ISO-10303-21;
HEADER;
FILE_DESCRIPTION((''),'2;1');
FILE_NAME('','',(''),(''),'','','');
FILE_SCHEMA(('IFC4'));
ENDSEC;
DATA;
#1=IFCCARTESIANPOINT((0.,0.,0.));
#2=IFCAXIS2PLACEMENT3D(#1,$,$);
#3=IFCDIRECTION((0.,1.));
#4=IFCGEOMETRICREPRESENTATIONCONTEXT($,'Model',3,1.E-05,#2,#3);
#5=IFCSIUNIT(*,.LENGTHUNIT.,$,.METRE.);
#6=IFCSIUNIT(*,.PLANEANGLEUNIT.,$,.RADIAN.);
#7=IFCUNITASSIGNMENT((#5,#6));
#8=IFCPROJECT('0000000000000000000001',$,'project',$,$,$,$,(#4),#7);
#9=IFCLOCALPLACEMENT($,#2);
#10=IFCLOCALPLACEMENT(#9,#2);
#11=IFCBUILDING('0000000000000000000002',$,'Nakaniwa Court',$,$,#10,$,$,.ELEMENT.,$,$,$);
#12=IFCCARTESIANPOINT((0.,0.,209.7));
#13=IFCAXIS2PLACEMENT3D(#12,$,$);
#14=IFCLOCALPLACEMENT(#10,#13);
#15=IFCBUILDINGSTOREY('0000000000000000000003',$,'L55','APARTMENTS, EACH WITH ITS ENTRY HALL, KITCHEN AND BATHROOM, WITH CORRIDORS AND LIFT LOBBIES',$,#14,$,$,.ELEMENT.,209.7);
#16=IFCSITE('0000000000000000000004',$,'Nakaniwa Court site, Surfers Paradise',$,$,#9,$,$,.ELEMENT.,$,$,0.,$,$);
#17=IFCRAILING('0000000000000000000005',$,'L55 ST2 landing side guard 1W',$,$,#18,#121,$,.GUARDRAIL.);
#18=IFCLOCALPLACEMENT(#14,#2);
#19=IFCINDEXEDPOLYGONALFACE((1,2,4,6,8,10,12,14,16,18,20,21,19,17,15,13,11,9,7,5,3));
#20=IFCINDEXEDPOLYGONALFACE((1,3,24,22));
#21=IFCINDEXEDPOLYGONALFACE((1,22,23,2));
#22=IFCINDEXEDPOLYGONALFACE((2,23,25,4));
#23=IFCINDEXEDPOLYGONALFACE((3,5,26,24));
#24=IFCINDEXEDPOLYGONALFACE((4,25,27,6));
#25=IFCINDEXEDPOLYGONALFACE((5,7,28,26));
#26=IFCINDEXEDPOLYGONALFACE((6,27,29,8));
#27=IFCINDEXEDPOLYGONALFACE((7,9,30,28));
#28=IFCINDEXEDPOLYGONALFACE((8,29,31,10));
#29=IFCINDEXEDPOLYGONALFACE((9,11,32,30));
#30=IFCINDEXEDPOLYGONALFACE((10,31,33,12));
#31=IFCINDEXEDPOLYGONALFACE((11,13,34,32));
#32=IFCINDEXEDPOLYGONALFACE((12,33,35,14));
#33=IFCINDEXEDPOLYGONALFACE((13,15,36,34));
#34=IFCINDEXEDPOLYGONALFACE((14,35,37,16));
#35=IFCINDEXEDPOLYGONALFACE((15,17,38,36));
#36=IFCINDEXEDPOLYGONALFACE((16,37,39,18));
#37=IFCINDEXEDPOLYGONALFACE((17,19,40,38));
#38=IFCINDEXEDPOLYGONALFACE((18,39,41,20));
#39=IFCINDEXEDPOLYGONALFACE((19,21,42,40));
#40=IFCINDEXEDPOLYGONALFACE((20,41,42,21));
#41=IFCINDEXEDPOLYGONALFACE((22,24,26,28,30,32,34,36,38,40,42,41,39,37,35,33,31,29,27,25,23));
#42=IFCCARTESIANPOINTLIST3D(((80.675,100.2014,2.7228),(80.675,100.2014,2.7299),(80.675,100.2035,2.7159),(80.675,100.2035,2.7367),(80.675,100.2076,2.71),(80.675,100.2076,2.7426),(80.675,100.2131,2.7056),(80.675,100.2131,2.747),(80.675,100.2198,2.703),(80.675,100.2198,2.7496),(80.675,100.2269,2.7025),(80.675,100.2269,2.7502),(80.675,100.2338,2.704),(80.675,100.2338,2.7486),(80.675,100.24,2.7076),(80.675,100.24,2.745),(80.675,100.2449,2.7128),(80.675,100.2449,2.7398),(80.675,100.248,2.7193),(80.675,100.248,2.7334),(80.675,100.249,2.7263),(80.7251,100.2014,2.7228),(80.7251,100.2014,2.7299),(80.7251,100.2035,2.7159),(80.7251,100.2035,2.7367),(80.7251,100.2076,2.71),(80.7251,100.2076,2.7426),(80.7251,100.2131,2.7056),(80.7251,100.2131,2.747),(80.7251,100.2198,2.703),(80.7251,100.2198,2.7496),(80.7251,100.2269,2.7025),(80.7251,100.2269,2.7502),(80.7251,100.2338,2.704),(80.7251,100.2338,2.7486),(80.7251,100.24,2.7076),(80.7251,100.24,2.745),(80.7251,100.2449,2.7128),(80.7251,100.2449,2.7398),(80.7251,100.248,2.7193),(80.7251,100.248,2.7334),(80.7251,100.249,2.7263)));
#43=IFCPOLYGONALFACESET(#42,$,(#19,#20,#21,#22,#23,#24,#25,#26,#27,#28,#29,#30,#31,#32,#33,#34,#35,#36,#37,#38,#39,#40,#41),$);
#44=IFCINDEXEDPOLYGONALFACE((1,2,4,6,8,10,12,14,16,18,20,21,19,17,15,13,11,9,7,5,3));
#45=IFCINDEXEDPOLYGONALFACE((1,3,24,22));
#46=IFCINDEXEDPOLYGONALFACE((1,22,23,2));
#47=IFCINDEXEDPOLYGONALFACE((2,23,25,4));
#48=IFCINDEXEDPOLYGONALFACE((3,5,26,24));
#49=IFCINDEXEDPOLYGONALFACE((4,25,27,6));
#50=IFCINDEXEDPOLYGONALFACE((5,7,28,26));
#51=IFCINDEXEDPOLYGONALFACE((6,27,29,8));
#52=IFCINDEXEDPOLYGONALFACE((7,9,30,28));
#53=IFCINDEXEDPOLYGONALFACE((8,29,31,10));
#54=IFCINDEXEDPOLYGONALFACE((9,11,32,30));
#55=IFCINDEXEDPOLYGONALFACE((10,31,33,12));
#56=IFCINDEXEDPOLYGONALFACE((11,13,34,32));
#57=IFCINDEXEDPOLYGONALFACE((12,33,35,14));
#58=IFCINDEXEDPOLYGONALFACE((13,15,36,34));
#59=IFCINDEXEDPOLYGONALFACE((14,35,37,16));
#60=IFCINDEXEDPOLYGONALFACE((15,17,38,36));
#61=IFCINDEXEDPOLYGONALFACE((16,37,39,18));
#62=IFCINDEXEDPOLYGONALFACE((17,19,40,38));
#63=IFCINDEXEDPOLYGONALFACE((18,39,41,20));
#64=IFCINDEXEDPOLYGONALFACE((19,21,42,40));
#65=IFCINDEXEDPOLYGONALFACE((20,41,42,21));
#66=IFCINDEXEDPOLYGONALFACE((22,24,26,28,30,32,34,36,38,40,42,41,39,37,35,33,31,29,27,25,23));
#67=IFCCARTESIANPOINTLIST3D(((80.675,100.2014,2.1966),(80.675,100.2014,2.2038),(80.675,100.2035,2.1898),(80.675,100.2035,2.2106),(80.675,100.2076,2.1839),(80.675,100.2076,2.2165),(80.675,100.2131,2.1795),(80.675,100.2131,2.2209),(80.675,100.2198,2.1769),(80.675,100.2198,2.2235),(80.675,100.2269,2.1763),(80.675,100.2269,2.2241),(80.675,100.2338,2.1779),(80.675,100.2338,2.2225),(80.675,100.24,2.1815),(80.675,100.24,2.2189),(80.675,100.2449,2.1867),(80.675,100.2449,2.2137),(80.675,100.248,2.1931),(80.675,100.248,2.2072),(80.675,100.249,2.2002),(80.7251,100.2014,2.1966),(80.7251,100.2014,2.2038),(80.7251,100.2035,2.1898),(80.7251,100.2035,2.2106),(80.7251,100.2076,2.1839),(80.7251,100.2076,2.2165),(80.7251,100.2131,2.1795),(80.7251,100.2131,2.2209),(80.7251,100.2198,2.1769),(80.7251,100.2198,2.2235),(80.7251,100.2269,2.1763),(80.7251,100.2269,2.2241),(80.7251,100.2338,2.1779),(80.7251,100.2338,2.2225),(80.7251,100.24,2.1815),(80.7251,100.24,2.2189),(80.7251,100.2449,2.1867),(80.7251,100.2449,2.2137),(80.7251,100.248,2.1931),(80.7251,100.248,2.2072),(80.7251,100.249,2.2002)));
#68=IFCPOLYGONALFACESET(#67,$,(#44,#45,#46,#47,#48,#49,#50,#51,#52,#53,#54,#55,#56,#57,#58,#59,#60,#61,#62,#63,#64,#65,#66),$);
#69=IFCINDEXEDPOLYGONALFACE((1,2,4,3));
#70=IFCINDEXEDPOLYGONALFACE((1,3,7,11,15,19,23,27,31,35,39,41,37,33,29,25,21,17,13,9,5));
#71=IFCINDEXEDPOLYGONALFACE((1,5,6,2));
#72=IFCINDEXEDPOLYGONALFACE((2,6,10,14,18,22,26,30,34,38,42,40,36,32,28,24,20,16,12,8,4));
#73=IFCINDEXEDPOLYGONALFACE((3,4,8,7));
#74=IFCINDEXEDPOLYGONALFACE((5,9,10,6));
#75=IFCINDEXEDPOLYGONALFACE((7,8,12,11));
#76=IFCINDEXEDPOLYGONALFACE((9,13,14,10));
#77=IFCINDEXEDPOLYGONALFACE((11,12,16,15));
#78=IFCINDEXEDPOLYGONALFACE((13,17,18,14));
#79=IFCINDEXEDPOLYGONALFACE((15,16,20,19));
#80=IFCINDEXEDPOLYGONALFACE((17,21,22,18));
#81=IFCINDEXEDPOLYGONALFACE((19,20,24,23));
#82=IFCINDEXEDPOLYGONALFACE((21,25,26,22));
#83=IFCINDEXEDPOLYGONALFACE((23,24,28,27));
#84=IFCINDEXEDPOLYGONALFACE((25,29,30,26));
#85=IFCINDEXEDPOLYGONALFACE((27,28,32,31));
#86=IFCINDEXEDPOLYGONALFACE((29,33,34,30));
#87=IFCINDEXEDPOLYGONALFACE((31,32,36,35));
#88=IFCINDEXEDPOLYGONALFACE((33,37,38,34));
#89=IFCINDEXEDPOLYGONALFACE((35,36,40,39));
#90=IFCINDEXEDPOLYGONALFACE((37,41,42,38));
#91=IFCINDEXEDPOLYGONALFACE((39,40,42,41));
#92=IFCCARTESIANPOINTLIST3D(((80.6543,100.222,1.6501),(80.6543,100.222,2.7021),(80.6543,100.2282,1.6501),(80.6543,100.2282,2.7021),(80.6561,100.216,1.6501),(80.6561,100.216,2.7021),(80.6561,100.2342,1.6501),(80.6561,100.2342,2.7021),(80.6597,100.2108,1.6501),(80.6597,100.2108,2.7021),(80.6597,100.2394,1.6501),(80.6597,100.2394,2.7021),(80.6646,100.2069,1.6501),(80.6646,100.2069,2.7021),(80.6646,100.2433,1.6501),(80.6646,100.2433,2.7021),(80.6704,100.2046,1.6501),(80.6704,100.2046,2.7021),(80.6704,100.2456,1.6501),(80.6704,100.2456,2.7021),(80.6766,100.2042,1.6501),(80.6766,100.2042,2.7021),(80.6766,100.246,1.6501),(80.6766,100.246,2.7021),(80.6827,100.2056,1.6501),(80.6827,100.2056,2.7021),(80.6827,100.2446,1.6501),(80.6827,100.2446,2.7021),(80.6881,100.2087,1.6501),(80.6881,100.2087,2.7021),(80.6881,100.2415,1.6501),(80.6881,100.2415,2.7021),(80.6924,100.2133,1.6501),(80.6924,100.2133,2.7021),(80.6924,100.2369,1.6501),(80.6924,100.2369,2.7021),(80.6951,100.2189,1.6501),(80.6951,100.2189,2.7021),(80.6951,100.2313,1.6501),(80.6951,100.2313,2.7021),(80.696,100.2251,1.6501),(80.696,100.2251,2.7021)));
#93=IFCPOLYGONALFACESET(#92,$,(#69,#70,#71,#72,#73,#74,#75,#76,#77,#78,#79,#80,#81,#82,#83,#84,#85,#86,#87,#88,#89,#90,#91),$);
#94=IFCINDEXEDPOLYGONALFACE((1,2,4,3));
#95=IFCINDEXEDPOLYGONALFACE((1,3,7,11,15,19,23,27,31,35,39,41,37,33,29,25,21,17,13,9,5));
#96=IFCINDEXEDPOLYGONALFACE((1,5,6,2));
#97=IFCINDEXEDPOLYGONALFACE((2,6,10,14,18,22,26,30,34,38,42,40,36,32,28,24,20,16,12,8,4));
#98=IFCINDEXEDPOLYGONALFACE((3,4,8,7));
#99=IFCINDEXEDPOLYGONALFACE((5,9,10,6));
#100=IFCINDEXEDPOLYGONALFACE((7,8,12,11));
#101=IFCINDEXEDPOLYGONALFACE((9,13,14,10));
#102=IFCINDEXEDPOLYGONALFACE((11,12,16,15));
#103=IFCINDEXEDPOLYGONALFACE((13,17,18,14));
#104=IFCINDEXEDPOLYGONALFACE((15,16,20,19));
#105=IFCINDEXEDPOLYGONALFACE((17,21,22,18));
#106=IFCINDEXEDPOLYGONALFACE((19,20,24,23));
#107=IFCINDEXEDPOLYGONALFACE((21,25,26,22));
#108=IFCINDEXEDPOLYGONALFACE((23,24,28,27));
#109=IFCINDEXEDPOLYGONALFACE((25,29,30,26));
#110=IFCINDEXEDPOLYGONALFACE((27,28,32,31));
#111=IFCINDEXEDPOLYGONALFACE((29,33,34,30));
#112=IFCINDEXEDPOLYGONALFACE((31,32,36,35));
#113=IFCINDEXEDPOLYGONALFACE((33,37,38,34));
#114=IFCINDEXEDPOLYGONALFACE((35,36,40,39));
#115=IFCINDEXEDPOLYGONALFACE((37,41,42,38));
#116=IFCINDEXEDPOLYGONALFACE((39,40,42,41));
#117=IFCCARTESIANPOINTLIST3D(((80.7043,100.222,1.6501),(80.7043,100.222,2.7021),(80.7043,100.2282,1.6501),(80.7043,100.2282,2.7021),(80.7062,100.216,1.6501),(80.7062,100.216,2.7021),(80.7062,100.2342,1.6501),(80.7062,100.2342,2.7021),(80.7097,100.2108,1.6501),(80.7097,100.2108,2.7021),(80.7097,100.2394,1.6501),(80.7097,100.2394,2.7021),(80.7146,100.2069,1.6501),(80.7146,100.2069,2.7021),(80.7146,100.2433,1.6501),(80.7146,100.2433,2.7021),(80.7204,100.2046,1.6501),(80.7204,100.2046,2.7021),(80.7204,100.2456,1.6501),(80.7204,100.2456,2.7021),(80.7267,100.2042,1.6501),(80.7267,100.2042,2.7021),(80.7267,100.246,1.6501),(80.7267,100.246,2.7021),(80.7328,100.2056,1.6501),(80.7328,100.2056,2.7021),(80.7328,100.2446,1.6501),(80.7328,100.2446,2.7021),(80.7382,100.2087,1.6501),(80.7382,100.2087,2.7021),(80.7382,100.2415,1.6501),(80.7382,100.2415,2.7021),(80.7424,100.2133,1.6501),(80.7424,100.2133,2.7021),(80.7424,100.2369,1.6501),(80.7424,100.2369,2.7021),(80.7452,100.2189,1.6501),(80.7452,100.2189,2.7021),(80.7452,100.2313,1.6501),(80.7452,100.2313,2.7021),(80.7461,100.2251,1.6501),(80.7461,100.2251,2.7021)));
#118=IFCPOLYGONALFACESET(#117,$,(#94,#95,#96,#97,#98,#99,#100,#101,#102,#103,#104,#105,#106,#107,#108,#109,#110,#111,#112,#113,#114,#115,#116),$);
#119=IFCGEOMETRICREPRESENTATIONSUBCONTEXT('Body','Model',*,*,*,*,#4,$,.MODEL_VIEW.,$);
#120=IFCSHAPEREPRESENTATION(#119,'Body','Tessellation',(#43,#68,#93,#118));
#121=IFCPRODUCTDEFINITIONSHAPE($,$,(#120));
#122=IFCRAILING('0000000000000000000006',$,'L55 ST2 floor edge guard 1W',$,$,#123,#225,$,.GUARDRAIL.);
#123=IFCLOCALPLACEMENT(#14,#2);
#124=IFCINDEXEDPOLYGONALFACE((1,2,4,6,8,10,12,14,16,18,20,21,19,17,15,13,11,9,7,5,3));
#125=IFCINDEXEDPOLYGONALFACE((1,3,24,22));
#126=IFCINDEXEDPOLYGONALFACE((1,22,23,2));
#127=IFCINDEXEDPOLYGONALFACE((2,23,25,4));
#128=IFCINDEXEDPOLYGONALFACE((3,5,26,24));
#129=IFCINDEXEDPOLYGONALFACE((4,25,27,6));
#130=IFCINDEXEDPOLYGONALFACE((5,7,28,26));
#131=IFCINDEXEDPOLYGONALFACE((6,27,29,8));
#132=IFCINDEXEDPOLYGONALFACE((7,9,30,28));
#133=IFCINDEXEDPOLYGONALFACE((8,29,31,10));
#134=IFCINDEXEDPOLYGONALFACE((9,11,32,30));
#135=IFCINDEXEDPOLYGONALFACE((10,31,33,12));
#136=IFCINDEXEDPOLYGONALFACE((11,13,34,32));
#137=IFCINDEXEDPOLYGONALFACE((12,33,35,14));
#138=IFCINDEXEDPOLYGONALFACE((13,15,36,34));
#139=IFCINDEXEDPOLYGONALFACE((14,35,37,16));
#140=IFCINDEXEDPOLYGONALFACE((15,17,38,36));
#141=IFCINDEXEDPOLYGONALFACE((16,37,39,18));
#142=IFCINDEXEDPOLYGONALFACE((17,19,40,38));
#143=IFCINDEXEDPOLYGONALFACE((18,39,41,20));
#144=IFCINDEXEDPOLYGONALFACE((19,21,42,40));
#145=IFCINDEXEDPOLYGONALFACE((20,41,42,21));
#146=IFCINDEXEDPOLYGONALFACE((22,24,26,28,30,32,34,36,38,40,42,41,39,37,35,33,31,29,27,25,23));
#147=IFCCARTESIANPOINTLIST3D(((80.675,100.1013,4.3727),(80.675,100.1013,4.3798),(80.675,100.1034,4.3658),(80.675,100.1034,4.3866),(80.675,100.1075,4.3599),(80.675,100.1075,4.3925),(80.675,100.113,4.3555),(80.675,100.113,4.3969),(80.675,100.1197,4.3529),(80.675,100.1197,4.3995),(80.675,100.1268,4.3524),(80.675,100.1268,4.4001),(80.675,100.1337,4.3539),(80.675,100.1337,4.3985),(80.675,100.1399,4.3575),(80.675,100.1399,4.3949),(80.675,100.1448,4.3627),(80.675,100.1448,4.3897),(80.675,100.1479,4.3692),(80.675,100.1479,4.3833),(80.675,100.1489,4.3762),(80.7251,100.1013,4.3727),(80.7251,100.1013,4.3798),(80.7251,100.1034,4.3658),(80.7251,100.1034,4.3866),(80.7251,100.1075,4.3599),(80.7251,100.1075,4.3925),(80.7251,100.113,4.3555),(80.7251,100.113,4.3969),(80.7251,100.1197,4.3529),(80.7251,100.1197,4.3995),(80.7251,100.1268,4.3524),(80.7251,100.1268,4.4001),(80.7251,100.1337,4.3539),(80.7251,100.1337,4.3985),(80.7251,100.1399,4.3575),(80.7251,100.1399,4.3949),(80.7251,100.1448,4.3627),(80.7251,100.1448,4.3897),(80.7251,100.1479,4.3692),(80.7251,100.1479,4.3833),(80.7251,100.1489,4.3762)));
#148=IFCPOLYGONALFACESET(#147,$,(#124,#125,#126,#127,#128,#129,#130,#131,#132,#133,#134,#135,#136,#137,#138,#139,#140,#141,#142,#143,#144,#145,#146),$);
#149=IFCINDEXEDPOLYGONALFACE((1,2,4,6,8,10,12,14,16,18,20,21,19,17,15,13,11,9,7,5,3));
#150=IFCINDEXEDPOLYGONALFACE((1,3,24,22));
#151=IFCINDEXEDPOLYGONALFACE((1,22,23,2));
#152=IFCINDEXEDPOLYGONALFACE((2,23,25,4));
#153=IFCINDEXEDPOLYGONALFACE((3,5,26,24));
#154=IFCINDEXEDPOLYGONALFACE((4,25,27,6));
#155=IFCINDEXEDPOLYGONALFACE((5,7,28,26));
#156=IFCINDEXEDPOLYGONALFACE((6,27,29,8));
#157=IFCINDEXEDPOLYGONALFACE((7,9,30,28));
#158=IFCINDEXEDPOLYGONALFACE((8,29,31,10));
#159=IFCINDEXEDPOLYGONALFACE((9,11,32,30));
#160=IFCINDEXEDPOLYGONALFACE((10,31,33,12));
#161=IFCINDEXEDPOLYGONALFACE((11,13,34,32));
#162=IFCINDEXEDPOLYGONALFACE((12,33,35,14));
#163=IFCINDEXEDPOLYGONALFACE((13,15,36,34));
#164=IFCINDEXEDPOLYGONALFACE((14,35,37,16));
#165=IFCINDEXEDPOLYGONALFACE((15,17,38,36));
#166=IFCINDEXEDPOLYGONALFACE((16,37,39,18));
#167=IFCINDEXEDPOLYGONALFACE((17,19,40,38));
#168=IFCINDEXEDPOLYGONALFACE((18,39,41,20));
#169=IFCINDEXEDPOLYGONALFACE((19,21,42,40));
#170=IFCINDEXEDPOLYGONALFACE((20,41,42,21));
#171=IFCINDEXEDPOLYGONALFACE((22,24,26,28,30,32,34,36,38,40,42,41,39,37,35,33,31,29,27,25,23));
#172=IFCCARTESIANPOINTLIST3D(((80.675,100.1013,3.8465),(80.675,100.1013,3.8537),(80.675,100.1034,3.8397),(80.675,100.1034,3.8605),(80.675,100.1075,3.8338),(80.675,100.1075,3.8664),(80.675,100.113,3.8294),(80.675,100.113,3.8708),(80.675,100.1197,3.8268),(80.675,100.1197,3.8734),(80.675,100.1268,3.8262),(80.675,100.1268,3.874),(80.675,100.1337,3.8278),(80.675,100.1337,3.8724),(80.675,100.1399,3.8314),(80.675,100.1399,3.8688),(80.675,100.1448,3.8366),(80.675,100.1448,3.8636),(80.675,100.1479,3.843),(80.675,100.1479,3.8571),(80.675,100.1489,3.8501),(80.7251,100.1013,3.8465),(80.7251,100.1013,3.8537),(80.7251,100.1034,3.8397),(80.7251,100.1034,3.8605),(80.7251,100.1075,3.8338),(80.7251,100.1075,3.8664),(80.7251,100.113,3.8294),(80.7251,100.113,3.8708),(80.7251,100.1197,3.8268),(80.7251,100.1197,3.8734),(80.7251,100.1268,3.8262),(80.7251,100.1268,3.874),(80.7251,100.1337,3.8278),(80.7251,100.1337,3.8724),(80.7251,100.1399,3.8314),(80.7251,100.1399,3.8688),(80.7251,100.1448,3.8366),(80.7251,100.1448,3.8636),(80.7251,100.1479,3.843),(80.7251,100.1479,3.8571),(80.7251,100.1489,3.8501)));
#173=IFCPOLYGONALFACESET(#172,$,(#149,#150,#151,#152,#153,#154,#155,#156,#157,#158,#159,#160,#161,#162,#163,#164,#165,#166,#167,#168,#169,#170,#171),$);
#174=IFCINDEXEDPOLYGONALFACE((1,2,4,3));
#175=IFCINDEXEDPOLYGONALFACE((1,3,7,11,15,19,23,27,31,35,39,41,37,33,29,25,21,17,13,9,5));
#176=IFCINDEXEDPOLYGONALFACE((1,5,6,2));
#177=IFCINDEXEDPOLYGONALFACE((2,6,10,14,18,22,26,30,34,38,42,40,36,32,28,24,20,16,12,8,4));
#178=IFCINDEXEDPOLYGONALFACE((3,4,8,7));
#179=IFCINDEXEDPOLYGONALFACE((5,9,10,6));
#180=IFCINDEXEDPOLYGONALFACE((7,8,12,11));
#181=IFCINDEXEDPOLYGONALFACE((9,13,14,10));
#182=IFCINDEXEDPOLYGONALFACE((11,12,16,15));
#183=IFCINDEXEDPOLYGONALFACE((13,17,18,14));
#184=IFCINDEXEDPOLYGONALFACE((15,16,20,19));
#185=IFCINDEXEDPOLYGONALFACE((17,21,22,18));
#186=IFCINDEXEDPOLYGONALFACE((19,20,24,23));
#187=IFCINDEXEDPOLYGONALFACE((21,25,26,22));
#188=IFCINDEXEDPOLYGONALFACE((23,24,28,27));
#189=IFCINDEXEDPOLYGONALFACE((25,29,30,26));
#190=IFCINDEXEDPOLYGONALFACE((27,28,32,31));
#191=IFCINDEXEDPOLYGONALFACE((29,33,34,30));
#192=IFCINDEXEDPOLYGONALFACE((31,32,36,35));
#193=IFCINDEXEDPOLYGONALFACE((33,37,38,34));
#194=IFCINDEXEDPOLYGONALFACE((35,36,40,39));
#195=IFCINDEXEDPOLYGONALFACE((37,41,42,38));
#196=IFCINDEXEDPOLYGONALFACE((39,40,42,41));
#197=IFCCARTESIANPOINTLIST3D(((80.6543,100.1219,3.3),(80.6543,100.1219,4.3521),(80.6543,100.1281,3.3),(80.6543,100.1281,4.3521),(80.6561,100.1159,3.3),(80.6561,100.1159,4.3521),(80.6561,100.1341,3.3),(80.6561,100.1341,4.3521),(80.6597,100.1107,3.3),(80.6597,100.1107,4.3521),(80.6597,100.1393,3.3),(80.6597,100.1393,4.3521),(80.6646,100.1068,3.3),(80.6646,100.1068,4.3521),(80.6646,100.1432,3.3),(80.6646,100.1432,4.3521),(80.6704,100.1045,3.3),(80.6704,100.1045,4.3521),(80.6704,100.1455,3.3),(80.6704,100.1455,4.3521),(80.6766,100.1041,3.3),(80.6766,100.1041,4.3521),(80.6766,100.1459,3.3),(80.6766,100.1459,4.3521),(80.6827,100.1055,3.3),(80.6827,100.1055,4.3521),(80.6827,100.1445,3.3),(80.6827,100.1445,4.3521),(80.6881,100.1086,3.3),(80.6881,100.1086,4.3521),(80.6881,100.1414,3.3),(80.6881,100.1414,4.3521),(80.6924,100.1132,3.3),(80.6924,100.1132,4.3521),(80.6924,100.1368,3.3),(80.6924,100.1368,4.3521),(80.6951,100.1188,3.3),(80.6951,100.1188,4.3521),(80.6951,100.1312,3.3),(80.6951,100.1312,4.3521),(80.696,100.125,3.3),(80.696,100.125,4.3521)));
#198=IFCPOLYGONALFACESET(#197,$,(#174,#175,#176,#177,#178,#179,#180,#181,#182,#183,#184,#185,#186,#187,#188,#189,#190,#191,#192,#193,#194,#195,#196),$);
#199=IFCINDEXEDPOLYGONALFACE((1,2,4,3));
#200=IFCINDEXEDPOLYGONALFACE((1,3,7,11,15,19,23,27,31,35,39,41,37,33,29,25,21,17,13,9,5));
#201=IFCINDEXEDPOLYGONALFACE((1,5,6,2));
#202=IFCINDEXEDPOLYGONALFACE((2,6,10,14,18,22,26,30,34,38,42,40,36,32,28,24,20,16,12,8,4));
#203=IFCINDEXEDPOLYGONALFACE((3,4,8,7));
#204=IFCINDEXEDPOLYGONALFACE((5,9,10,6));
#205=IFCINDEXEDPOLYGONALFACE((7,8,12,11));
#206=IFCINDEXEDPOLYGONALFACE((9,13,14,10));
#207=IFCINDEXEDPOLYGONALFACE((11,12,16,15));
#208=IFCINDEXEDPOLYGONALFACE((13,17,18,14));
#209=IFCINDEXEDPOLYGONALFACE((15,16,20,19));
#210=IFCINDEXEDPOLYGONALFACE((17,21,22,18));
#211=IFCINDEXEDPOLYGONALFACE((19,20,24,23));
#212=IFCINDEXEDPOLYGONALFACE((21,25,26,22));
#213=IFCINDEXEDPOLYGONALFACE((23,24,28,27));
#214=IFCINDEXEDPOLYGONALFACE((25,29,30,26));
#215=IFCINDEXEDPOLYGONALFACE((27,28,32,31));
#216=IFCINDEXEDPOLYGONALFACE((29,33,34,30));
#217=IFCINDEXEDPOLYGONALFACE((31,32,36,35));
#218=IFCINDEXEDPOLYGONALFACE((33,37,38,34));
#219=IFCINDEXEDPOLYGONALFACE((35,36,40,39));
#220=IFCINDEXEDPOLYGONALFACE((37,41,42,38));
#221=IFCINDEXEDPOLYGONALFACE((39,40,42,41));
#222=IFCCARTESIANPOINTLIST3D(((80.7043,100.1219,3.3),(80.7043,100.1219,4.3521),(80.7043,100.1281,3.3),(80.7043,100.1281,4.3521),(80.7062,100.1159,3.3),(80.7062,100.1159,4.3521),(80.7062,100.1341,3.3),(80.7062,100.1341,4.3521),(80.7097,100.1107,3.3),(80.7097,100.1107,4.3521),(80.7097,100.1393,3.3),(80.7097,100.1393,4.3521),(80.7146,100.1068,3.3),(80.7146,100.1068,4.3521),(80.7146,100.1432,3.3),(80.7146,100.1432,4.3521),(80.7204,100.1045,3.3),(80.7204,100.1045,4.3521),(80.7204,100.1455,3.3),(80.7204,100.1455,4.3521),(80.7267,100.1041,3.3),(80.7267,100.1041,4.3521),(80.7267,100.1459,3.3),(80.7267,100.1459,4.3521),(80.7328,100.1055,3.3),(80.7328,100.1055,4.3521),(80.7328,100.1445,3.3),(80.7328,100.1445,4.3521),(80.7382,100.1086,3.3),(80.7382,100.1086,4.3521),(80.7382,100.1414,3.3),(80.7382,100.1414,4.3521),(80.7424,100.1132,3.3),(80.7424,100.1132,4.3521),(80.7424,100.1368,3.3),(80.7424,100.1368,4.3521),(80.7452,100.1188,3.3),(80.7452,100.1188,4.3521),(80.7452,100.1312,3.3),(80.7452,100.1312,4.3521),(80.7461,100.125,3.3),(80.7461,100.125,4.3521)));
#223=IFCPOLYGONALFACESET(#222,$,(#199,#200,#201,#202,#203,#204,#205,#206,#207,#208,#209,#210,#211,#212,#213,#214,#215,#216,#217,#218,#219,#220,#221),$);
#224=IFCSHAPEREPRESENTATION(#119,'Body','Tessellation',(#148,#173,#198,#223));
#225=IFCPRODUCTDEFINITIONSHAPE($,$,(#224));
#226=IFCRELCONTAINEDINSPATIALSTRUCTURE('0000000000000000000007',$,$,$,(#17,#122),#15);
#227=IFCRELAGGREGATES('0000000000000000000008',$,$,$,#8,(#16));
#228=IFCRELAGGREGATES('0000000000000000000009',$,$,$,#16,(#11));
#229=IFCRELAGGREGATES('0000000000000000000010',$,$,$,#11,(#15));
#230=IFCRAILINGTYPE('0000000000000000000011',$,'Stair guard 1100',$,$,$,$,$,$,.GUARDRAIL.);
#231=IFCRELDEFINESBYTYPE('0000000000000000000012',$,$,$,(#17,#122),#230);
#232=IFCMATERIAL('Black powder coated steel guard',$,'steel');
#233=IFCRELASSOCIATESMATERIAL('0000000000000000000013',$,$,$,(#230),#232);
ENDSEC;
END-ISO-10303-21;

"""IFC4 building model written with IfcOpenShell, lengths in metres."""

from ifc_helpers import new_model, si_unit, direction, frame, origin, origin_2d, place, context, subcontext, project, spatial, circle, extrude, material, type_object, element, save


model = new_model("IFC4")

# Units and contexts
model_context = context("Model", 3, precision=1e-05, world=origin(), true_north=direction((0.0, 1.0)))
body_context = subcontext(model_context, "Body", "Model", "MODEL_VIEW")
ifc_project = project(units=[si_unit("LENGTHUNIT", "METRE"), si_unit("PLANEANGLEUNIT", "RADIAN")], contexts=[model_context])

# Site, building, storey
site_placement = place(None, origin())
site = spatial("IfcSite", under=ifc_project, at=site_placement, Name="Nakaniwa Court site, Surfers Paradise", CompositionType="ELEMENT", RefElevation=0.0)
building_placement = place(site_placement, origin())
building = spatial("IfcBuilding", under=site, at=building_placement, Name="Nakaniwa Court", CompositionType="ELEMENT")
storey_placement = place(building_placement, frame((0.0, 0.0, 209.7)))
storey = spatial("IfcBuildingStorey", under=building, at=storey_placement, Name="L55", Description="APARTMENTS, EACH WITH ITS ENTRY HALL, KITCHEN AND BATHROOM, WITH CORRIDORS AND LIFT LOBBIES", CompositionType="ELEMENT", Elevation=209.7)

# Railings
ifc_material_1 = material(Name="Black powder coated steel guard", Category="steel")
railing_type_1 = type_object("IfcRailingType", Name="Stair guard 1100", PredefinedType="GUARDRAIL", material=ifc_material_1)
for number, where, name in (
    (1, (80.675, 100.2251, 1.6501), "L55 ST2 landing side guard 1W"),
    (2, (80.675, 100.125, 3.3), "L55 ST2 floor edge guard 1W"),
):
    element("IfcRailing", number, at=place(storey_placement, frame(where)), inside=storey, type_object=railing_type_1, Name=name, PredefinedType="GUARDRAIL", context=body_context, shape_type="SweptSolid", body=[
        extrude(circle(Radius=0.0239, at=origin_2d()), frame((0.0, 0.0, 1.0762), z_axis=(1.0, 0.0, 0.0), x_axis=(0.0, 1.0, 0.0)), (0.0, 0.0, 1.0), 0.05),
        extrude(circle(Radius=0.0239, at=origin_2d()), frame((0.0, 0.0, 0.55), z_axis=(1.0, 0.0, 0.0), x_axis=(0.0, 1.0, 0.0)), (0.0, 0.0, 1.0), 0.05),
        extrude(circle(Radius=0.021, at=origin_2d()), origin(), (0.0, 0.0, 1.0), 1.052),
        extrude(circle(Radius=0.021, at=origin_2d()), frame((0.05, 0.0, 0.0)), (0.0, 0.0, 1.0), 1.052),
    ])

save(model, "model.ifc")
